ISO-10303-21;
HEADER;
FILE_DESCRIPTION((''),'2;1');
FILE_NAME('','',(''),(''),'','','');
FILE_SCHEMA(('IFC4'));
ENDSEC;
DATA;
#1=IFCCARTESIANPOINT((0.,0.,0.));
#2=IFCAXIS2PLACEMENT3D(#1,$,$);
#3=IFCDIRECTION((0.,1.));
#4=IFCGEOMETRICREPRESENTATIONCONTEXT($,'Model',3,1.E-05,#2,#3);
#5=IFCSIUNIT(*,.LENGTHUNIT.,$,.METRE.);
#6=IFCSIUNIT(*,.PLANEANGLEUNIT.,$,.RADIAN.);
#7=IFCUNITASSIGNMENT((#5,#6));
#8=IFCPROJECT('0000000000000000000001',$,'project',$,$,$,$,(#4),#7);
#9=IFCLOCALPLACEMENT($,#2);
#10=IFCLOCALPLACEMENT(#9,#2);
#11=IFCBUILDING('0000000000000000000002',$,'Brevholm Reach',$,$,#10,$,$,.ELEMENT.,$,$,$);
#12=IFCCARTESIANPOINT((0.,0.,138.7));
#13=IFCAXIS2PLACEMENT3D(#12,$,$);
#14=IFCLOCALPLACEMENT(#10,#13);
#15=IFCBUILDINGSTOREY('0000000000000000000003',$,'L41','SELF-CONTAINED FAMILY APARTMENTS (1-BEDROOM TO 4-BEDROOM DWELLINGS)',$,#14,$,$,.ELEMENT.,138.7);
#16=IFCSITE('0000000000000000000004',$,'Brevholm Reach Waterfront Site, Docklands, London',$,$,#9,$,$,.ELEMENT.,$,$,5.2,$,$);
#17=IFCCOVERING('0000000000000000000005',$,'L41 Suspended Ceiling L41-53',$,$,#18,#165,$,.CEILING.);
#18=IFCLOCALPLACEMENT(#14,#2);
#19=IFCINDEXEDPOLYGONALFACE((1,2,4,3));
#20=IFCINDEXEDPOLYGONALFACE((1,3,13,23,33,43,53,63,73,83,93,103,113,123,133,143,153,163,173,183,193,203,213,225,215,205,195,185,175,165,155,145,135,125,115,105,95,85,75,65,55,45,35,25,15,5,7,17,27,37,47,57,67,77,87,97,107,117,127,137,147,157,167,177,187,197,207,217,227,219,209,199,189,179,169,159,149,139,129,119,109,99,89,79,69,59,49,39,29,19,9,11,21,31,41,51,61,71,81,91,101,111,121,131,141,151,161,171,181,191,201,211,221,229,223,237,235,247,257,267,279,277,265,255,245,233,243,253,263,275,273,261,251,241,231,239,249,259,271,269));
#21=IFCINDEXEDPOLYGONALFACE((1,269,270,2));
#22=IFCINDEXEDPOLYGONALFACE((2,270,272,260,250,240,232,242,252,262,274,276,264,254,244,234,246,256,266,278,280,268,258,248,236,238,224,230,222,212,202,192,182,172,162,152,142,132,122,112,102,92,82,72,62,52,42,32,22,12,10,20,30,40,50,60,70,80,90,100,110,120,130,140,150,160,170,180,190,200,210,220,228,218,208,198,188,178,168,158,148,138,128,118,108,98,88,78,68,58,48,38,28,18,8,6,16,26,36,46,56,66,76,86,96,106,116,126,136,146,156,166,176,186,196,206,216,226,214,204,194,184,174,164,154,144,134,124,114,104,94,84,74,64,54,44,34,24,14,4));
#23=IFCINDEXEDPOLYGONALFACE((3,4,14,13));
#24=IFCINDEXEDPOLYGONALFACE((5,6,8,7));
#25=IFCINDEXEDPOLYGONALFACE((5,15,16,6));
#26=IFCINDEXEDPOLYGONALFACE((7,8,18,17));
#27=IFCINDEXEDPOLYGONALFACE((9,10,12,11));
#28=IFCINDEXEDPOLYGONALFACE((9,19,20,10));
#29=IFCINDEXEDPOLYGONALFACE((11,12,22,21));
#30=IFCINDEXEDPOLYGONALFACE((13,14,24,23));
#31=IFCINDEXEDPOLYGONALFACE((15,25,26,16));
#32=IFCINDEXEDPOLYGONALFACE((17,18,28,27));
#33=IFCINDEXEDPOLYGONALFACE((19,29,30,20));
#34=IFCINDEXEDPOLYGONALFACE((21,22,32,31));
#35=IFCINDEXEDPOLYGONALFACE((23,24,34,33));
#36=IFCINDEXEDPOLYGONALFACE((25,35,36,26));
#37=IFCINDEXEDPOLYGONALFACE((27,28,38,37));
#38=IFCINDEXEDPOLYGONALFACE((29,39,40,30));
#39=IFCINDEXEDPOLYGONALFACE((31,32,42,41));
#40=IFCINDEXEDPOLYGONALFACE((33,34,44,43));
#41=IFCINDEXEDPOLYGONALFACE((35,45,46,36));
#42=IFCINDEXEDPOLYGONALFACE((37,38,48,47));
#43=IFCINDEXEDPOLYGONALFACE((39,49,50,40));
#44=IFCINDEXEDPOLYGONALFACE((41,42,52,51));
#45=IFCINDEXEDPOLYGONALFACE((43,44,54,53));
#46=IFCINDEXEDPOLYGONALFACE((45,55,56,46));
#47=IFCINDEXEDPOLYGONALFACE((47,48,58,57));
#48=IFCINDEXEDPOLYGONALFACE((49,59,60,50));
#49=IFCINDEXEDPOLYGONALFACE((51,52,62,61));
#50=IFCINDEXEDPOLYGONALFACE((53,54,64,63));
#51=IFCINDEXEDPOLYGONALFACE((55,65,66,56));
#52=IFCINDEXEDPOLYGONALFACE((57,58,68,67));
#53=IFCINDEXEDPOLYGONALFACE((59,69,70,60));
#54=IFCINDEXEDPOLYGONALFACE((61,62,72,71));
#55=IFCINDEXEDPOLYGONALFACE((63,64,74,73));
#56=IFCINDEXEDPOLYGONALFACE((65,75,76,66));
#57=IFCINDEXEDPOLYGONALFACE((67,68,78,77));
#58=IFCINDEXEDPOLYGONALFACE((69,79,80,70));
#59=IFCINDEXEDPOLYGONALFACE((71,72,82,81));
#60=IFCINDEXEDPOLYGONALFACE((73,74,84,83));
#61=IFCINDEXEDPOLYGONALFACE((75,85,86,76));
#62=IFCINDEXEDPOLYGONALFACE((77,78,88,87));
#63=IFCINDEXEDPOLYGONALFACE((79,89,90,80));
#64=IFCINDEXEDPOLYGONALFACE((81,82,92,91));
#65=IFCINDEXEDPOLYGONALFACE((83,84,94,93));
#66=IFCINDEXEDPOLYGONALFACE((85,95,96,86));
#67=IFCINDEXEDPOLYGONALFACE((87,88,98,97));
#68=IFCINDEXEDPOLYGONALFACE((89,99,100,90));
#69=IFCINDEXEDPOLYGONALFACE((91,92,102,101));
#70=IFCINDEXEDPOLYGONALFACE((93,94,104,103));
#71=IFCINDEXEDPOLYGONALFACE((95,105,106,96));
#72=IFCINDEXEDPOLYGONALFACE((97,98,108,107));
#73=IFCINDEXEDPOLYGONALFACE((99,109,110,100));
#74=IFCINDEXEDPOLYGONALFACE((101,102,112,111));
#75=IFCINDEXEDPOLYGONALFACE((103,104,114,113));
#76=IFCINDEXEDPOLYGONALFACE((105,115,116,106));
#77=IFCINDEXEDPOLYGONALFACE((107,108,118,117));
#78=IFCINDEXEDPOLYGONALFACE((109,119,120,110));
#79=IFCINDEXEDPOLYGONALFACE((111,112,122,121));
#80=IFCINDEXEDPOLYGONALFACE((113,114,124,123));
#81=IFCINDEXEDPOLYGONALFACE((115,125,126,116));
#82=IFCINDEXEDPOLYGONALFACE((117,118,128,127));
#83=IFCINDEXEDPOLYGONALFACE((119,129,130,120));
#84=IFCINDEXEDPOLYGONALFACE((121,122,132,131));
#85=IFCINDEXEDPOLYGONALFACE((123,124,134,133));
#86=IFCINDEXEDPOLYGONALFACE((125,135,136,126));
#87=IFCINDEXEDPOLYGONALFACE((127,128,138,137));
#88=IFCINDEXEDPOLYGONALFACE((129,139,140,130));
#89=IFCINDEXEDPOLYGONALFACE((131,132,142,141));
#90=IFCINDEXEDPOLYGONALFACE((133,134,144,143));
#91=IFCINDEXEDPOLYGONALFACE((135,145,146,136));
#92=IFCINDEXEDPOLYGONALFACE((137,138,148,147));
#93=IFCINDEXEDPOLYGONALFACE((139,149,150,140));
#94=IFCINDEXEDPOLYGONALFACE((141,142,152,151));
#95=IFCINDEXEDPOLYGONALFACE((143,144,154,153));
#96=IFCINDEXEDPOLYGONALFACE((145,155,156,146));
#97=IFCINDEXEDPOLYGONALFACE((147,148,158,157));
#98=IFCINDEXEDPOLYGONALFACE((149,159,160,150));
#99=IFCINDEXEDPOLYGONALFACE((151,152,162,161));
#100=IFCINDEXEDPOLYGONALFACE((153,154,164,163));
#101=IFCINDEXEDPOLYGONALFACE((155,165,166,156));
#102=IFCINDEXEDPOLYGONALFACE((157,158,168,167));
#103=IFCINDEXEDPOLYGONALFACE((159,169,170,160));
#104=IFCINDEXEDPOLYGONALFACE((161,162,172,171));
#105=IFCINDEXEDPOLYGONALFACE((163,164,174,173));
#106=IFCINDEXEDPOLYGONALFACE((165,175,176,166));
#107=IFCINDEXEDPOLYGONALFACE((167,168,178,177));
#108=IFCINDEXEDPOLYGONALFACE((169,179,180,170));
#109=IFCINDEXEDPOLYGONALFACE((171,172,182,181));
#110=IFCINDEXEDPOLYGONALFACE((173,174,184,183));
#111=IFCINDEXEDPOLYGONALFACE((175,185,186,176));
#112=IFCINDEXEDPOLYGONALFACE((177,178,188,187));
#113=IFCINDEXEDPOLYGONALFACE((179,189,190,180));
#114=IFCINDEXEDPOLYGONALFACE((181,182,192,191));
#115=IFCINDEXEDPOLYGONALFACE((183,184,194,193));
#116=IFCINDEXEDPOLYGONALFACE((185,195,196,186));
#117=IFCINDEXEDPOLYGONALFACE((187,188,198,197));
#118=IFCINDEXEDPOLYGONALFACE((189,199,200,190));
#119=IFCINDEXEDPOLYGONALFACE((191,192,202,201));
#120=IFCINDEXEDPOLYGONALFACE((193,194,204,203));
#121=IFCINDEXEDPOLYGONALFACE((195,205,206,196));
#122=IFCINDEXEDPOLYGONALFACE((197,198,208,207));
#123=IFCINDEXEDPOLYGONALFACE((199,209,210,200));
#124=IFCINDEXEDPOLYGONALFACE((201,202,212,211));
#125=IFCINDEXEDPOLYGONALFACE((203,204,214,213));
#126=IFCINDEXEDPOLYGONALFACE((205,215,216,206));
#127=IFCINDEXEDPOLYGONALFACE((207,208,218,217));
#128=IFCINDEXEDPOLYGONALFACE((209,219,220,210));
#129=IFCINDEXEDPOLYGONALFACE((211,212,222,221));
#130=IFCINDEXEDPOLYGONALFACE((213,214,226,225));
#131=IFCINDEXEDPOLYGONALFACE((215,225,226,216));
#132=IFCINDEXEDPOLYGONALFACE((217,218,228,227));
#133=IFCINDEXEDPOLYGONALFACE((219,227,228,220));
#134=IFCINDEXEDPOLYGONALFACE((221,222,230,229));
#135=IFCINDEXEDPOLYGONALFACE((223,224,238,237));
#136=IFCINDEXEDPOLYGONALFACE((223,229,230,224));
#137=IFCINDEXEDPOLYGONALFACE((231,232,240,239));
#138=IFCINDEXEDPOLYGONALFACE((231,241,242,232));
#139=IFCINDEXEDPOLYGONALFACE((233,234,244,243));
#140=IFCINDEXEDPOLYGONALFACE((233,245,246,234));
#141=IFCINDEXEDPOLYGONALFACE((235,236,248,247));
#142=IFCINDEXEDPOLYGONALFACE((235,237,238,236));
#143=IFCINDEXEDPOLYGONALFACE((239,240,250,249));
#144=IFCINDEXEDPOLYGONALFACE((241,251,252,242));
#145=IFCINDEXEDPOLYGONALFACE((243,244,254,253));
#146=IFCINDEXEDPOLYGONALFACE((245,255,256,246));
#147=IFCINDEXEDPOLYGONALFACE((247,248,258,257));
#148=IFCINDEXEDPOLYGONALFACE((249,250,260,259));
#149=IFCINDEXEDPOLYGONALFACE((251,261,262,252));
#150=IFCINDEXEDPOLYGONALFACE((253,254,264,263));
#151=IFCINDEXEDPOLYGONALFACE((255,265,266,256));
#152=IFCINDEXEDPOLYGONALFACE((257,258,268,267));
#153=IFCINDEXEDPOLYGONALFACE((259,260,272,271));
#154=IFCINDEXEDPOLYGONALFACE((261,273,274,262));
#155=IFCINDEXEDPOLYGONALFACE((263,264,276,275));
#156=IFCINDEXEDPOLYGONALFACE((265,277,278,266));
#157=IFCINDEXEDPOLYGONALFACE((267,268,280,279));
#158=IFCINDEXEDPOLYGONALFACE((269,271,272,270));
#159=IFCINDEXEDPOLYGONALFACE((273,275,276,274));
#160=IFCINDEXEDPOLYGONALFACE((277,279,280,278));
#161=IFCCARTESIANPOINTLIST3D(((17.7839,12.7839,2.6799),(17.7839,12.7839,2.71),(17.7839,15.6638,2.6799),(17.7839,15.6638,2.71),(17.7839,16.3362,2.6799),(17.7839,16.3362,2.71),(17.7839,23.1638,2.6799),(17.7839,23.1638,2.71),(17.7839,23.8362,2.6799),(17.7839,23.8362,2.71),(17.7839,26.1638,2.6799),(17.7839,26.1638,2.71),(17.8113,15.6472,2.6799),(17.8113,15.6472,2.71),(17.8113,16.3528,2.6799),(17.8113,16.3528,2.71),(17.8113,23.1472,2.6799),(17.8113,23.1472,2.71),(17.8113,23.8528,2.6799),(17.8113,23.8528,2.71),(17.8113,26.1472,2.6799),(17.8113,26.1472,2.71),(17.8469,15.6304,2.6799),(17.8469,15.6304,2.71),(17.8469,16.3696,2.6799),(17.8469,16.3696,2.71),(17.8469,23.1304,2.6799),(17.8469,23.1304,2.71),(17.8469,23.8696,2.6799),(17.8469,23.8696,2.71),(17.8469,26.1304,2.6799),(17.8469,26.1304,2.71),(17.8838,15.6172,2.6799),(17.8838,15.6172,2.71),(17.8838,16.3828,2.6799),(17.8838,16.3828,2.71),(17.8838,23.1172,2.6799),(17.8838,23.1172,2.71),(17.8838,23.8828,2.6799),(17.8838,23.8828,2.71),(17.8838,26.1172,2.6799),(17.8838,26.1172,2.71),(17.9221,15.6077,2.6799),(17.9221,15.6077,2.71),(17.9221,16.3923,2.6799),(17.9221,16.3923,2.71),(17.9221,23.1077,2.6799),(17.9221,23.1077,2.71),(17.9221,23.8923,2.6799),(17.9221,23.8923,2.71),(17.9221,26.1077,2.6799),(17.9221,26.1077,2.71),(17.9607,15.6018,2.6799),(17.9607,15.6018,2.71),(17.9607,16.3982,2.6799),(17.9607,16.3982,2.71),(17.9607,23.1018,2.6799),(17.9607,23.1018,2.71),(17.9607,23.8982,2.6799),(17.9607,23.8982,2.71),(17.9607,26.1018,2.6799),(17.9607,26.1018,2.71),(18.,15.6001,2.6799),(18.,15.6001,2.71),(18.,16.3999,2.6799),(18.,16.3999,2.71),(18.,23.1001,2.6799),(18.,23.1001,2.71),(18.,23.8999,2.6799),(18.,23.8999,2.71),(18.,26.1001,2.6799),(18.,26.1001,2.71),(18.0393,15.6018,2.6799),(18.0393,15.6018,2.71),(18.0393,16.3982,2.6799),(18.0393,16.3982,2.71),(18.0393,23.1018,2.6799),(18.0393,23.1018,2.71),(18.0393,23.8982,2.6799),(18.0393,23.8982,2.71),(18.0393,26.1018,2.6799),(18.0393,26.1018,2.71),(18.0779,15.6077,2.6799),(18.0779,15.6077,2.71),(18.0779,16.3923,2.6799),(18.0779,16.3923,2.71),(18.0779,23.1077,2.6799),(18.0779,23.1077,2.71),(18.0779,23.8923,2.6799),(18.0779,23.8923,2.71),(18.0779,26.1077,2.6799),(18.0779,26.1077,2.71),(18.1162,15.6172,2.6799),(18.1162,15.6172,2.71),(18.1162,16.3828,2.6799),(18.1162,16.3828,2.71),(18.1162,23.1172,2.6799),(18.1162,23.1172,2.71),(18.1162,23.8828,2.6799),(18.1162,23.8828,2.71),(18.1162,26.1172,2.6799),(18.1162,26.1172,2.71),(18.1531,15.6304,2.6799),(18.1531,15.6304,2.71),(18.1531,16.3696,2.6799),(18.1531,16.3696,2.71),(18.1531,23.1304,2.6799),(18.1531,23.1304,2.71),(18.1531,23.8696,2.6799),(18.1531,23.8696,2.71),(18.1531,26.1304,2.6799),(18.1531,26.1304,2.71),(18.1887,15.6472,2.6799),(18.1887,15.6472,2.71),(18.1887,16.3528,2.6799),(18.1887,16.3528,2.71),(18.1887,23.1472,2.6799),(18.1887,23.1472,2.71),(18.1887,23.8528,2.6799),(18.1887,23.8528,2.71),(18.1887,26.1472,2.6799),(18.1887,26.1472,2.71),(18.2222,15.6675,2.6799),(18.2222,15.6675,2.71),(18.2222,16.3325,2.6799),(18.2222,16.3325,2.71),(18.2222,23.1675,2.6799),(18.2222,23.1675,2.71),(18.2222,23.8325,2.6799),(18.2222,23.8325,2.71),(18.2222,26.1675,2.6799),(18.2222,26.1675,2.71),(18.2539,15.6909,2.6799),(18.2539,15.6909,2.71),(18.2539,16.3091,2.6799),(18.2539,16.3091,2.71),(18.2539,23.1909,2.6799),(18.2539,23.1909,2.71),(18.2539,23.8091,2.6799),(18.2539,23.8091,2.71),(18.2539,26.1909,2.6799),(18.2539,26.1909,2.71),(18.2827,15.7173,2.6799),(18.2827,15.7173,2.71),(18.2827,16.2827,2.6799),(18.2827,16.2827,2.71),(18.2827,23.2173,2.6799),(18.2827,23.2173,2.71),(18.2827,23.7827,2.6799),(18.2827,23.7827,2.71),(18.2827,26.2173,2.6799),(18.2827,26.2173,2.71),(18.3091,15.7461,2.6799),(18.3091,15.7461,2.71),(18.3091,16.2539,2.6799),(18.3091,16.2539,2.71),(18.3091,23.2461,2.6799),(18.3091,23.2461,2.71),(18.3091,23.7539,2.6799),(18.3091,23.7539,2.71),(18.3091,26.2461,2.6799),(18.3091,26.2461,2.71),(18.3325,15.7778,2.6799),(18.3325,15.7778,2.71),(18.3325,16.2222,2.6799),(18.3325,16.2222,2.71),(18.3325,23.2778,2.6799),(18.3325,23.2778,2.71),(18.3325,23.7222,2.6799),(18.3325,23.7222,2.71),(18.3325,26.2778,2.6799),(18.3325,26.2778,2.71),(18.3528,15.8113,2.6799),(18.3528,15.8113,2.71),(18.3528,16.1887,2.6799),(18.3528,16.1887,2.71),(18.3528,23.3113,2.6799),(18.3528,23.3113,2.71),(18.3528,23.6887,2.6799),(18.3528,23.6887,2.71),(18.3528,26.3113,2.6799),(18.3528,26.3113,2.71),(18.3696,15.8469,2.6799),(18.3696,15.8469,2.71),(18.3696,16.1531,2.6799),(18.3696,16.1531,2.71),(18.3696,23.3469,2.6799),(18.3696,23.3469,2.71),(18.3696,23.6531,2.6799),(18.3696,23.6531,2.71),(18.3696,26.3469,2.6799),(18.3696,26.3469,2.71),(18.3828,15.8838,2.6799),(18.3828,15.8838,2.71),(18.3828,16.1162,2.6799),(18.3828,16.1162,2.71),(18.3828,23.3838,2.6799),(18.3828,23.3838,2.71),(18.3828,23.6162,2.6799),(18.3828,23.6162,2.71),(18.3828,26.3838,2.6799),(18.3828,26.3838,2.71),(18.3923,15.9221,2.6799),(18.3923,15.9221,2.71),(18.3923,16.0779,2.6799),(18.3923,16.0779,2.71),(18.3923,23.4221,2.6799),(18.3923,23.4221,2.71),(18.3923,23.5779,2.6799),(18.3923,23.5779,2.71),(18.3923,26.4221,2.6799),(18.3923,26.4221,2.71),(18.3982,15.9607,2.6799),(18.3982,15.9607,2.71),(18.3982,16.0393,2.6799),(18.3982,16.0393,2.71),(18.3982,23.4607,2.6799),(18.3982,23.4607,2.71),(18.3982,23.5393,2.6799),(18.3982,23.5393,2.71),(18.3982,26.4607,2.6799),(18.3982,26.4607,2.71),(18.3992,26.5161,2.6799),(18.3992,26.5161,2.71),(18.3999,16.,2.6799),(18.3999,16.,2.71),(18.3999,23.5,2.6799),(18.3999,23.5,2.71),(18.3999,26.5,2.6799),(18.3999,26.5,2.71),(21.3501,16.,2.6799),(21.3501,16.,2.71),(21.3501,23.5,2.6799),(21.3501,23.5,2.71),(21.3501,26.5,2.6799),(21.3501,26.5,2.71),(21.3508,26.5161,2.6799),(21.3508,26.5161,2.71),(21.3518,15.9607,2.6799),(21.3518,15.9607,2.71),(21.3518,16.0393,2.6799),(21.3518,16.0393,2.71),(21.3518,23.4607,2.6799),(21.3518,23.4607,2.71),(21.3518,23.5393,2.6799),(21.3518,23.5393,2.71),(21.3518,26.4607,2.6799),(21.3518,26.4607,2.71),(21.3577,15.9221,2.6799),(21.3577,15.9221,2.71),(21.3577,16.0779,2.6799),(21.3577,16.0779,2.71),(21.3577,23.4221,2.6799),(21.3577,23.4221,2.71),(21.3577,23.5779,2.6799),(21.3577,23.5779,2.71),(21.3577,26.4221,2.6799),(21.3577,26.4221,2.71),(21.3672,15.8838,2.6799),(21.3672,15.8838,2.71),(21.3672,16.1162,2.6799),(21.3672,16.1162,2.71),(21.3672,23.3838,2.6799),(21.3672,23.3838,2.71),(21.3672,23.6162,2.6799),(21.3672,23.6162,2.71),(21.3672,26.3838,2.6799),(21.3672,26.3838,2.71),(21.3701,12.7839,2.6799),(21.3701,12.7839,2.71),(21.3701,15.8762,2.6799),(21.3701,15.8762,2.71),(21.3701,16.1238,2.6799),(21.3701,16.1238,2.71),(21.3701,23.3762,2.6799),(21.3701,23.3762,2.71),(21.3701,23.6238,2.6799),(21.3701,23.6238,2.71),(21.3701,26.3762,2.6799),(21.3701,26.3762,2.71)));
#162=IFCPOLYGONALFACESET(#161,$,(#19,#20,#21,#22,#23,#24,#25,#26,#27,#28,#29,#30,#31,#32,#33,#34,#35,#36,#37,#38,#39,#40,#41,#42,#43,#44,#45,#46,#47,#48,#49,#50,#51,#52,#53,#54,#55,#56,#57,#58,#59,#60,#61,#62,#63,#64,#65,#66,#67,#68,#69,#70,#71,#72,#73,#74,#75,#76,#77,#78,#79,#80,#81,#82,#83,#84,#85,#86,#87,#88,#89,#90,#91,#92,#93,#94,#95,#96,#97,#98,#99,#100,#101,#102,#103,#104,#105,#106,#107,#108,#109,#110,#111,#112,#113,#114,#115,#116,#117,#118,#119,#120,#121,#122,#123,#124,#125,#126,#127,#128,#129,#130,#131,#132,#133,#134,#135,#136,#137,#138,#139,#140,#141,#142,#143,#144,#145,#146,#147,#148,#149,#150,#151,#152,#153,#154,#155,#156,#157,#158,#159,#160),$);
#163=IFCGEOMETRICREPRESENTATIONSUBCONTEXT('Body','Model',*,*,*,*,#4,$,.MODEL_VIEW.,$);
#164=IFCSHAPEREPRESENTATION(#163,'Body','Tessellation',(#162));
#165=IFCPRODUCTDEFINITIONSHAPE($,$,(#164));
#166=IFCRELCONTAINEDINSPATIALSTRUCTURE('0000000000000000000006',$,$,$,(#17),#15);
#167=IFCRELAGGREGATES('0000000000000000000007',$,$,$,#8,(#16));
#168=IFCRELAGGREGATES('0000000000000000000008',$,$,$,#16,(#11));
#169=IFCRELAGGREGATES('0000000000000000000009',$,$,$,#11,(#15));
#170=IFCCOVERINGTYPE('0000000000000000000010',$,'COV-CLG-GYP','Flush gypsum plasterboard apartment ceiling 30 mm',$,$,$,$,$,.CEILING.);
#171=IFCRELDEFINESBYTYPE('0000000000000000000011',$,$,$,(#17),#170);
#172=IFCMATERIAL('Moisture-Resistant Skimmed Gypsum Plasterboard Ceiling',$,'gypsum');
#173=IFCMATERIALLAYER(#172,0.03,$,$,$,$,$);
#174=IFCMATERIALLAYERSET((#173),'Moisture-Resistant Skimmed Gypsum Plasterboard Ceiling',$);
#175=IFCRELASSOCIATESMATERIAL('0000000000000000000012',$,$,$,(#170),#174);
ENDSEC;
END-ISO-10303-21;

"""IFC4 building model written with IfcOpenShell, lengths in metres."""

from ifc_helpers import new_model, si_unit, direction, frame, origin, place, context, subcontext, project, spatial, polyline, outline, extrude, material, layer, layer_set, type_object, element, save


model = new_model("IFC4")

# Units and contexts
model_context = context("Model", 3, precision=1e-05, world=origin(), true_north=direction((0.0, 1.0)))
body_context = subcontext(model_context, "Body", "Model", "MODEL_VIEW")
ifc_project = project(units=[si_unit("LENGTHUNIT", "METRE"), si_unit("PLANEANGLEUNIT", "RADIAN")], contexts=[model_context])

# Site, building, storey
site_placement = place(None, origin())
site = spatial("IfcSite", under=ifc_project, at=site_placement, Name="Brevholm Reach Waterfront Site, Docklands, London", CompositionType="ELEMENT", RefElevation=5.2)
building_placement = place(site_placement, origin())
building = spatial("IfcBuilding", under=site, at=building_placement, Name="Brevholm Reach", CompositionType="ELEMENT")
storey_placement = place(building_placement, frame((0.0, 0.0, 138.7)))
storey = spatial("IfcBuildingStorey", under=building, at=storey_placement, Name="L41", Description="SELF-CONTAINED FAMILY APARTMENTS (1-BEDROOM TO 4-BEDROOM DWELLINGS)", CompositionType="ELEMENT", Elevation=138.7)

# Covering
ifc_material_1 = material(Name="Moisture-Resistant Skimmed Gypsum Plasterboard Ceiling", Category="gypsum")
ifc_layer_1 = layer(ifc_material_1, 0.03)
ifc_layer_set_1 = layer_set([ifc_layer_1], Name="Moisture-Resistant Skimmed Gypsum Plasterboard Ceiling")
covering_type_1 = type_object("IfcCoveringType", Name="COV-CLG-GYP", Description="Flush gypsum plasterboard apartment ceiling 30 mm", PredefinedType="CEILING", material=ifc_layer_set_1)
covering_1_placement = place(storey_placement, frame((0.0, 0.0, 2.6799)))
element("IfcCovering", 1, at=covering_1_placement, inside=storey, type_object=covering_type_1, Name="L41 Suspended Ceiling L41-53", PredefinedType="CEILING", context=body_context, shape_type="SweptSolid", body=[
    extrude(outline(polyline([(21.3701, 23.6238), (21.3672, 23.6162), (21.3577, 23.5779), (21.3518, 23.5393), (21.3501, 23.5), (21.3518, 23.4607), (21.3577, 23.4221), (21.3672, 23.3838), (21.3701, 23.3762), (21.3701, 16.1238), (21.3672, 16.1162), (21.3577, 16.0779), (21.3518, 16.0393), (21.3501, 16.0), (21.3518, 15.9607), (21.3577, 15.9221), (21.3672, 15.8838), (21.3701, 15.8762), (21.3701, 12.7839), (17.7839, 12.7839), (17.7839, 15.6638), (17.8113, 15.6472), (17.8469, 15.6304), (17.8838, 15.6172), (17.9221, 15.6077), (17.9607, 15.6018), (18.0, 15.6001), (18.0393, 15.6018), (18.0779, 15.6077), (18.1162, 15.6172), (18.1531, 15.6304), (18.1887, 15.6472), (18.2222, 15.6675), (18.2539, 15.6909), (18.2827, 15.7173), (18.3091, 15.7461), (18.3325, 15.7778), (18.3528, 15.8113), (18.3696, 15.8469), (18.3828, 15.8838), (18.3923, 15.9221), (18.3982, 15.9607), (18.3999, 16.0), (18.3982, 16.0393), (18.3923, 16.0779), (18.3828, 16.1162), (18.3696, 16.1531), (18.3528, 16.1887), (18.3325, 16.2222), (18.3091, 16.2539), (18.2827, 16.2827), (18.2539, 16.3091), (18.2222, 16.3325), (18.1887, 16.3528), (18.1531, 16.3696), (18.1162, 16.3828), (18.0779, 16.3923), (18.0393, 16.3982), (18.0, 16.3999), (17.9607, 16.3982), (17.9221, 16.3923), (17.8838, 16.3828), (17.8469, 16.3696), (17.8113, 16.3528), (17.7839, 16.3362), (17.7839, 23.1638), (17.8113, 23.1472), (17.8469, 23.1304), (17.8838, 23.1172), (17.9221, 23.1077), (17.9607, 23.1018), (18.0, 23.1001), (18.0393, 23.1018), (18.0779, 23.1077), (18.1162, 23.1172), (18.1531, 23.1304), (18.1887, 23.1472), (18.2222, 23.1675), (18.2539, 23.1909), (18.2827, 23.2173), (18.3091, 23.2461), (18.3325, 23.2778), (18.3528, 23.3113), (18.3696, 23.3469), (18.3828, 23.3838), (18.3923, 23.4221), (18.3982, 23.4607), (18.3999, 23.5), (18.3982, 23.5393), (18.3923, 23.5779), (18.3828, 23.6162), (18.3696, 23.6531), (18.3528, 23.6887), (18.3325, 23.7222), (18.3091, 23.7539), (18.2827, 23.7827), (18.2539, 23.8091), (18.2222, 23.8325), (18.1887, 23.8528), (18.1531, 23.8696), (18.1162, 23.8828), (18.0779, 23.8923), (18.0393, 23.8982), (18.0, 23.8999), (17.9607, 23.8982), (17.9221, 23.8923), (17.8838, 23.8828), (17.8469, 23.8696), (17.8113, 23.8528), (17.7839, 23.8362), (17.7839, 26.1638), (17.8113, 26.1472), (17.8469, 26.1304), (17.8838, 26.1172), (17.9221, 26.1077), (17.9607, 26.1018), (18.0, 26.1001), (18.0393, 26.1018), (18.0779, 26.1077), (18.1162, 26.1172), (18.1531, 26.1304), (18.1887, 26.1472), (18.2222, 26.1675), (18.2539, 26.1909), (18.2827, 26.2173), (18.3091, 26.2461), (18.3325, 26.2778), (18.3528, 26.3113), (18.3696, 26.3469), (18.3828, 26.3838), (18.3923, 26.4221), (18.3982, 26.4607), (18.3999, 26.5), (18.3992, 26.5161), (21.3508, 26.5161), (21.3501, 26.5), (21.3518, 26.4607), (21.3577, 26.4221), (21.3672, 26.3838), (21.3701, 26.3762), (21.3701, 23.6238)])), origin(), (0.0, 0.0, 1.0), 0.03),
])

save(model, "model.ifc")
